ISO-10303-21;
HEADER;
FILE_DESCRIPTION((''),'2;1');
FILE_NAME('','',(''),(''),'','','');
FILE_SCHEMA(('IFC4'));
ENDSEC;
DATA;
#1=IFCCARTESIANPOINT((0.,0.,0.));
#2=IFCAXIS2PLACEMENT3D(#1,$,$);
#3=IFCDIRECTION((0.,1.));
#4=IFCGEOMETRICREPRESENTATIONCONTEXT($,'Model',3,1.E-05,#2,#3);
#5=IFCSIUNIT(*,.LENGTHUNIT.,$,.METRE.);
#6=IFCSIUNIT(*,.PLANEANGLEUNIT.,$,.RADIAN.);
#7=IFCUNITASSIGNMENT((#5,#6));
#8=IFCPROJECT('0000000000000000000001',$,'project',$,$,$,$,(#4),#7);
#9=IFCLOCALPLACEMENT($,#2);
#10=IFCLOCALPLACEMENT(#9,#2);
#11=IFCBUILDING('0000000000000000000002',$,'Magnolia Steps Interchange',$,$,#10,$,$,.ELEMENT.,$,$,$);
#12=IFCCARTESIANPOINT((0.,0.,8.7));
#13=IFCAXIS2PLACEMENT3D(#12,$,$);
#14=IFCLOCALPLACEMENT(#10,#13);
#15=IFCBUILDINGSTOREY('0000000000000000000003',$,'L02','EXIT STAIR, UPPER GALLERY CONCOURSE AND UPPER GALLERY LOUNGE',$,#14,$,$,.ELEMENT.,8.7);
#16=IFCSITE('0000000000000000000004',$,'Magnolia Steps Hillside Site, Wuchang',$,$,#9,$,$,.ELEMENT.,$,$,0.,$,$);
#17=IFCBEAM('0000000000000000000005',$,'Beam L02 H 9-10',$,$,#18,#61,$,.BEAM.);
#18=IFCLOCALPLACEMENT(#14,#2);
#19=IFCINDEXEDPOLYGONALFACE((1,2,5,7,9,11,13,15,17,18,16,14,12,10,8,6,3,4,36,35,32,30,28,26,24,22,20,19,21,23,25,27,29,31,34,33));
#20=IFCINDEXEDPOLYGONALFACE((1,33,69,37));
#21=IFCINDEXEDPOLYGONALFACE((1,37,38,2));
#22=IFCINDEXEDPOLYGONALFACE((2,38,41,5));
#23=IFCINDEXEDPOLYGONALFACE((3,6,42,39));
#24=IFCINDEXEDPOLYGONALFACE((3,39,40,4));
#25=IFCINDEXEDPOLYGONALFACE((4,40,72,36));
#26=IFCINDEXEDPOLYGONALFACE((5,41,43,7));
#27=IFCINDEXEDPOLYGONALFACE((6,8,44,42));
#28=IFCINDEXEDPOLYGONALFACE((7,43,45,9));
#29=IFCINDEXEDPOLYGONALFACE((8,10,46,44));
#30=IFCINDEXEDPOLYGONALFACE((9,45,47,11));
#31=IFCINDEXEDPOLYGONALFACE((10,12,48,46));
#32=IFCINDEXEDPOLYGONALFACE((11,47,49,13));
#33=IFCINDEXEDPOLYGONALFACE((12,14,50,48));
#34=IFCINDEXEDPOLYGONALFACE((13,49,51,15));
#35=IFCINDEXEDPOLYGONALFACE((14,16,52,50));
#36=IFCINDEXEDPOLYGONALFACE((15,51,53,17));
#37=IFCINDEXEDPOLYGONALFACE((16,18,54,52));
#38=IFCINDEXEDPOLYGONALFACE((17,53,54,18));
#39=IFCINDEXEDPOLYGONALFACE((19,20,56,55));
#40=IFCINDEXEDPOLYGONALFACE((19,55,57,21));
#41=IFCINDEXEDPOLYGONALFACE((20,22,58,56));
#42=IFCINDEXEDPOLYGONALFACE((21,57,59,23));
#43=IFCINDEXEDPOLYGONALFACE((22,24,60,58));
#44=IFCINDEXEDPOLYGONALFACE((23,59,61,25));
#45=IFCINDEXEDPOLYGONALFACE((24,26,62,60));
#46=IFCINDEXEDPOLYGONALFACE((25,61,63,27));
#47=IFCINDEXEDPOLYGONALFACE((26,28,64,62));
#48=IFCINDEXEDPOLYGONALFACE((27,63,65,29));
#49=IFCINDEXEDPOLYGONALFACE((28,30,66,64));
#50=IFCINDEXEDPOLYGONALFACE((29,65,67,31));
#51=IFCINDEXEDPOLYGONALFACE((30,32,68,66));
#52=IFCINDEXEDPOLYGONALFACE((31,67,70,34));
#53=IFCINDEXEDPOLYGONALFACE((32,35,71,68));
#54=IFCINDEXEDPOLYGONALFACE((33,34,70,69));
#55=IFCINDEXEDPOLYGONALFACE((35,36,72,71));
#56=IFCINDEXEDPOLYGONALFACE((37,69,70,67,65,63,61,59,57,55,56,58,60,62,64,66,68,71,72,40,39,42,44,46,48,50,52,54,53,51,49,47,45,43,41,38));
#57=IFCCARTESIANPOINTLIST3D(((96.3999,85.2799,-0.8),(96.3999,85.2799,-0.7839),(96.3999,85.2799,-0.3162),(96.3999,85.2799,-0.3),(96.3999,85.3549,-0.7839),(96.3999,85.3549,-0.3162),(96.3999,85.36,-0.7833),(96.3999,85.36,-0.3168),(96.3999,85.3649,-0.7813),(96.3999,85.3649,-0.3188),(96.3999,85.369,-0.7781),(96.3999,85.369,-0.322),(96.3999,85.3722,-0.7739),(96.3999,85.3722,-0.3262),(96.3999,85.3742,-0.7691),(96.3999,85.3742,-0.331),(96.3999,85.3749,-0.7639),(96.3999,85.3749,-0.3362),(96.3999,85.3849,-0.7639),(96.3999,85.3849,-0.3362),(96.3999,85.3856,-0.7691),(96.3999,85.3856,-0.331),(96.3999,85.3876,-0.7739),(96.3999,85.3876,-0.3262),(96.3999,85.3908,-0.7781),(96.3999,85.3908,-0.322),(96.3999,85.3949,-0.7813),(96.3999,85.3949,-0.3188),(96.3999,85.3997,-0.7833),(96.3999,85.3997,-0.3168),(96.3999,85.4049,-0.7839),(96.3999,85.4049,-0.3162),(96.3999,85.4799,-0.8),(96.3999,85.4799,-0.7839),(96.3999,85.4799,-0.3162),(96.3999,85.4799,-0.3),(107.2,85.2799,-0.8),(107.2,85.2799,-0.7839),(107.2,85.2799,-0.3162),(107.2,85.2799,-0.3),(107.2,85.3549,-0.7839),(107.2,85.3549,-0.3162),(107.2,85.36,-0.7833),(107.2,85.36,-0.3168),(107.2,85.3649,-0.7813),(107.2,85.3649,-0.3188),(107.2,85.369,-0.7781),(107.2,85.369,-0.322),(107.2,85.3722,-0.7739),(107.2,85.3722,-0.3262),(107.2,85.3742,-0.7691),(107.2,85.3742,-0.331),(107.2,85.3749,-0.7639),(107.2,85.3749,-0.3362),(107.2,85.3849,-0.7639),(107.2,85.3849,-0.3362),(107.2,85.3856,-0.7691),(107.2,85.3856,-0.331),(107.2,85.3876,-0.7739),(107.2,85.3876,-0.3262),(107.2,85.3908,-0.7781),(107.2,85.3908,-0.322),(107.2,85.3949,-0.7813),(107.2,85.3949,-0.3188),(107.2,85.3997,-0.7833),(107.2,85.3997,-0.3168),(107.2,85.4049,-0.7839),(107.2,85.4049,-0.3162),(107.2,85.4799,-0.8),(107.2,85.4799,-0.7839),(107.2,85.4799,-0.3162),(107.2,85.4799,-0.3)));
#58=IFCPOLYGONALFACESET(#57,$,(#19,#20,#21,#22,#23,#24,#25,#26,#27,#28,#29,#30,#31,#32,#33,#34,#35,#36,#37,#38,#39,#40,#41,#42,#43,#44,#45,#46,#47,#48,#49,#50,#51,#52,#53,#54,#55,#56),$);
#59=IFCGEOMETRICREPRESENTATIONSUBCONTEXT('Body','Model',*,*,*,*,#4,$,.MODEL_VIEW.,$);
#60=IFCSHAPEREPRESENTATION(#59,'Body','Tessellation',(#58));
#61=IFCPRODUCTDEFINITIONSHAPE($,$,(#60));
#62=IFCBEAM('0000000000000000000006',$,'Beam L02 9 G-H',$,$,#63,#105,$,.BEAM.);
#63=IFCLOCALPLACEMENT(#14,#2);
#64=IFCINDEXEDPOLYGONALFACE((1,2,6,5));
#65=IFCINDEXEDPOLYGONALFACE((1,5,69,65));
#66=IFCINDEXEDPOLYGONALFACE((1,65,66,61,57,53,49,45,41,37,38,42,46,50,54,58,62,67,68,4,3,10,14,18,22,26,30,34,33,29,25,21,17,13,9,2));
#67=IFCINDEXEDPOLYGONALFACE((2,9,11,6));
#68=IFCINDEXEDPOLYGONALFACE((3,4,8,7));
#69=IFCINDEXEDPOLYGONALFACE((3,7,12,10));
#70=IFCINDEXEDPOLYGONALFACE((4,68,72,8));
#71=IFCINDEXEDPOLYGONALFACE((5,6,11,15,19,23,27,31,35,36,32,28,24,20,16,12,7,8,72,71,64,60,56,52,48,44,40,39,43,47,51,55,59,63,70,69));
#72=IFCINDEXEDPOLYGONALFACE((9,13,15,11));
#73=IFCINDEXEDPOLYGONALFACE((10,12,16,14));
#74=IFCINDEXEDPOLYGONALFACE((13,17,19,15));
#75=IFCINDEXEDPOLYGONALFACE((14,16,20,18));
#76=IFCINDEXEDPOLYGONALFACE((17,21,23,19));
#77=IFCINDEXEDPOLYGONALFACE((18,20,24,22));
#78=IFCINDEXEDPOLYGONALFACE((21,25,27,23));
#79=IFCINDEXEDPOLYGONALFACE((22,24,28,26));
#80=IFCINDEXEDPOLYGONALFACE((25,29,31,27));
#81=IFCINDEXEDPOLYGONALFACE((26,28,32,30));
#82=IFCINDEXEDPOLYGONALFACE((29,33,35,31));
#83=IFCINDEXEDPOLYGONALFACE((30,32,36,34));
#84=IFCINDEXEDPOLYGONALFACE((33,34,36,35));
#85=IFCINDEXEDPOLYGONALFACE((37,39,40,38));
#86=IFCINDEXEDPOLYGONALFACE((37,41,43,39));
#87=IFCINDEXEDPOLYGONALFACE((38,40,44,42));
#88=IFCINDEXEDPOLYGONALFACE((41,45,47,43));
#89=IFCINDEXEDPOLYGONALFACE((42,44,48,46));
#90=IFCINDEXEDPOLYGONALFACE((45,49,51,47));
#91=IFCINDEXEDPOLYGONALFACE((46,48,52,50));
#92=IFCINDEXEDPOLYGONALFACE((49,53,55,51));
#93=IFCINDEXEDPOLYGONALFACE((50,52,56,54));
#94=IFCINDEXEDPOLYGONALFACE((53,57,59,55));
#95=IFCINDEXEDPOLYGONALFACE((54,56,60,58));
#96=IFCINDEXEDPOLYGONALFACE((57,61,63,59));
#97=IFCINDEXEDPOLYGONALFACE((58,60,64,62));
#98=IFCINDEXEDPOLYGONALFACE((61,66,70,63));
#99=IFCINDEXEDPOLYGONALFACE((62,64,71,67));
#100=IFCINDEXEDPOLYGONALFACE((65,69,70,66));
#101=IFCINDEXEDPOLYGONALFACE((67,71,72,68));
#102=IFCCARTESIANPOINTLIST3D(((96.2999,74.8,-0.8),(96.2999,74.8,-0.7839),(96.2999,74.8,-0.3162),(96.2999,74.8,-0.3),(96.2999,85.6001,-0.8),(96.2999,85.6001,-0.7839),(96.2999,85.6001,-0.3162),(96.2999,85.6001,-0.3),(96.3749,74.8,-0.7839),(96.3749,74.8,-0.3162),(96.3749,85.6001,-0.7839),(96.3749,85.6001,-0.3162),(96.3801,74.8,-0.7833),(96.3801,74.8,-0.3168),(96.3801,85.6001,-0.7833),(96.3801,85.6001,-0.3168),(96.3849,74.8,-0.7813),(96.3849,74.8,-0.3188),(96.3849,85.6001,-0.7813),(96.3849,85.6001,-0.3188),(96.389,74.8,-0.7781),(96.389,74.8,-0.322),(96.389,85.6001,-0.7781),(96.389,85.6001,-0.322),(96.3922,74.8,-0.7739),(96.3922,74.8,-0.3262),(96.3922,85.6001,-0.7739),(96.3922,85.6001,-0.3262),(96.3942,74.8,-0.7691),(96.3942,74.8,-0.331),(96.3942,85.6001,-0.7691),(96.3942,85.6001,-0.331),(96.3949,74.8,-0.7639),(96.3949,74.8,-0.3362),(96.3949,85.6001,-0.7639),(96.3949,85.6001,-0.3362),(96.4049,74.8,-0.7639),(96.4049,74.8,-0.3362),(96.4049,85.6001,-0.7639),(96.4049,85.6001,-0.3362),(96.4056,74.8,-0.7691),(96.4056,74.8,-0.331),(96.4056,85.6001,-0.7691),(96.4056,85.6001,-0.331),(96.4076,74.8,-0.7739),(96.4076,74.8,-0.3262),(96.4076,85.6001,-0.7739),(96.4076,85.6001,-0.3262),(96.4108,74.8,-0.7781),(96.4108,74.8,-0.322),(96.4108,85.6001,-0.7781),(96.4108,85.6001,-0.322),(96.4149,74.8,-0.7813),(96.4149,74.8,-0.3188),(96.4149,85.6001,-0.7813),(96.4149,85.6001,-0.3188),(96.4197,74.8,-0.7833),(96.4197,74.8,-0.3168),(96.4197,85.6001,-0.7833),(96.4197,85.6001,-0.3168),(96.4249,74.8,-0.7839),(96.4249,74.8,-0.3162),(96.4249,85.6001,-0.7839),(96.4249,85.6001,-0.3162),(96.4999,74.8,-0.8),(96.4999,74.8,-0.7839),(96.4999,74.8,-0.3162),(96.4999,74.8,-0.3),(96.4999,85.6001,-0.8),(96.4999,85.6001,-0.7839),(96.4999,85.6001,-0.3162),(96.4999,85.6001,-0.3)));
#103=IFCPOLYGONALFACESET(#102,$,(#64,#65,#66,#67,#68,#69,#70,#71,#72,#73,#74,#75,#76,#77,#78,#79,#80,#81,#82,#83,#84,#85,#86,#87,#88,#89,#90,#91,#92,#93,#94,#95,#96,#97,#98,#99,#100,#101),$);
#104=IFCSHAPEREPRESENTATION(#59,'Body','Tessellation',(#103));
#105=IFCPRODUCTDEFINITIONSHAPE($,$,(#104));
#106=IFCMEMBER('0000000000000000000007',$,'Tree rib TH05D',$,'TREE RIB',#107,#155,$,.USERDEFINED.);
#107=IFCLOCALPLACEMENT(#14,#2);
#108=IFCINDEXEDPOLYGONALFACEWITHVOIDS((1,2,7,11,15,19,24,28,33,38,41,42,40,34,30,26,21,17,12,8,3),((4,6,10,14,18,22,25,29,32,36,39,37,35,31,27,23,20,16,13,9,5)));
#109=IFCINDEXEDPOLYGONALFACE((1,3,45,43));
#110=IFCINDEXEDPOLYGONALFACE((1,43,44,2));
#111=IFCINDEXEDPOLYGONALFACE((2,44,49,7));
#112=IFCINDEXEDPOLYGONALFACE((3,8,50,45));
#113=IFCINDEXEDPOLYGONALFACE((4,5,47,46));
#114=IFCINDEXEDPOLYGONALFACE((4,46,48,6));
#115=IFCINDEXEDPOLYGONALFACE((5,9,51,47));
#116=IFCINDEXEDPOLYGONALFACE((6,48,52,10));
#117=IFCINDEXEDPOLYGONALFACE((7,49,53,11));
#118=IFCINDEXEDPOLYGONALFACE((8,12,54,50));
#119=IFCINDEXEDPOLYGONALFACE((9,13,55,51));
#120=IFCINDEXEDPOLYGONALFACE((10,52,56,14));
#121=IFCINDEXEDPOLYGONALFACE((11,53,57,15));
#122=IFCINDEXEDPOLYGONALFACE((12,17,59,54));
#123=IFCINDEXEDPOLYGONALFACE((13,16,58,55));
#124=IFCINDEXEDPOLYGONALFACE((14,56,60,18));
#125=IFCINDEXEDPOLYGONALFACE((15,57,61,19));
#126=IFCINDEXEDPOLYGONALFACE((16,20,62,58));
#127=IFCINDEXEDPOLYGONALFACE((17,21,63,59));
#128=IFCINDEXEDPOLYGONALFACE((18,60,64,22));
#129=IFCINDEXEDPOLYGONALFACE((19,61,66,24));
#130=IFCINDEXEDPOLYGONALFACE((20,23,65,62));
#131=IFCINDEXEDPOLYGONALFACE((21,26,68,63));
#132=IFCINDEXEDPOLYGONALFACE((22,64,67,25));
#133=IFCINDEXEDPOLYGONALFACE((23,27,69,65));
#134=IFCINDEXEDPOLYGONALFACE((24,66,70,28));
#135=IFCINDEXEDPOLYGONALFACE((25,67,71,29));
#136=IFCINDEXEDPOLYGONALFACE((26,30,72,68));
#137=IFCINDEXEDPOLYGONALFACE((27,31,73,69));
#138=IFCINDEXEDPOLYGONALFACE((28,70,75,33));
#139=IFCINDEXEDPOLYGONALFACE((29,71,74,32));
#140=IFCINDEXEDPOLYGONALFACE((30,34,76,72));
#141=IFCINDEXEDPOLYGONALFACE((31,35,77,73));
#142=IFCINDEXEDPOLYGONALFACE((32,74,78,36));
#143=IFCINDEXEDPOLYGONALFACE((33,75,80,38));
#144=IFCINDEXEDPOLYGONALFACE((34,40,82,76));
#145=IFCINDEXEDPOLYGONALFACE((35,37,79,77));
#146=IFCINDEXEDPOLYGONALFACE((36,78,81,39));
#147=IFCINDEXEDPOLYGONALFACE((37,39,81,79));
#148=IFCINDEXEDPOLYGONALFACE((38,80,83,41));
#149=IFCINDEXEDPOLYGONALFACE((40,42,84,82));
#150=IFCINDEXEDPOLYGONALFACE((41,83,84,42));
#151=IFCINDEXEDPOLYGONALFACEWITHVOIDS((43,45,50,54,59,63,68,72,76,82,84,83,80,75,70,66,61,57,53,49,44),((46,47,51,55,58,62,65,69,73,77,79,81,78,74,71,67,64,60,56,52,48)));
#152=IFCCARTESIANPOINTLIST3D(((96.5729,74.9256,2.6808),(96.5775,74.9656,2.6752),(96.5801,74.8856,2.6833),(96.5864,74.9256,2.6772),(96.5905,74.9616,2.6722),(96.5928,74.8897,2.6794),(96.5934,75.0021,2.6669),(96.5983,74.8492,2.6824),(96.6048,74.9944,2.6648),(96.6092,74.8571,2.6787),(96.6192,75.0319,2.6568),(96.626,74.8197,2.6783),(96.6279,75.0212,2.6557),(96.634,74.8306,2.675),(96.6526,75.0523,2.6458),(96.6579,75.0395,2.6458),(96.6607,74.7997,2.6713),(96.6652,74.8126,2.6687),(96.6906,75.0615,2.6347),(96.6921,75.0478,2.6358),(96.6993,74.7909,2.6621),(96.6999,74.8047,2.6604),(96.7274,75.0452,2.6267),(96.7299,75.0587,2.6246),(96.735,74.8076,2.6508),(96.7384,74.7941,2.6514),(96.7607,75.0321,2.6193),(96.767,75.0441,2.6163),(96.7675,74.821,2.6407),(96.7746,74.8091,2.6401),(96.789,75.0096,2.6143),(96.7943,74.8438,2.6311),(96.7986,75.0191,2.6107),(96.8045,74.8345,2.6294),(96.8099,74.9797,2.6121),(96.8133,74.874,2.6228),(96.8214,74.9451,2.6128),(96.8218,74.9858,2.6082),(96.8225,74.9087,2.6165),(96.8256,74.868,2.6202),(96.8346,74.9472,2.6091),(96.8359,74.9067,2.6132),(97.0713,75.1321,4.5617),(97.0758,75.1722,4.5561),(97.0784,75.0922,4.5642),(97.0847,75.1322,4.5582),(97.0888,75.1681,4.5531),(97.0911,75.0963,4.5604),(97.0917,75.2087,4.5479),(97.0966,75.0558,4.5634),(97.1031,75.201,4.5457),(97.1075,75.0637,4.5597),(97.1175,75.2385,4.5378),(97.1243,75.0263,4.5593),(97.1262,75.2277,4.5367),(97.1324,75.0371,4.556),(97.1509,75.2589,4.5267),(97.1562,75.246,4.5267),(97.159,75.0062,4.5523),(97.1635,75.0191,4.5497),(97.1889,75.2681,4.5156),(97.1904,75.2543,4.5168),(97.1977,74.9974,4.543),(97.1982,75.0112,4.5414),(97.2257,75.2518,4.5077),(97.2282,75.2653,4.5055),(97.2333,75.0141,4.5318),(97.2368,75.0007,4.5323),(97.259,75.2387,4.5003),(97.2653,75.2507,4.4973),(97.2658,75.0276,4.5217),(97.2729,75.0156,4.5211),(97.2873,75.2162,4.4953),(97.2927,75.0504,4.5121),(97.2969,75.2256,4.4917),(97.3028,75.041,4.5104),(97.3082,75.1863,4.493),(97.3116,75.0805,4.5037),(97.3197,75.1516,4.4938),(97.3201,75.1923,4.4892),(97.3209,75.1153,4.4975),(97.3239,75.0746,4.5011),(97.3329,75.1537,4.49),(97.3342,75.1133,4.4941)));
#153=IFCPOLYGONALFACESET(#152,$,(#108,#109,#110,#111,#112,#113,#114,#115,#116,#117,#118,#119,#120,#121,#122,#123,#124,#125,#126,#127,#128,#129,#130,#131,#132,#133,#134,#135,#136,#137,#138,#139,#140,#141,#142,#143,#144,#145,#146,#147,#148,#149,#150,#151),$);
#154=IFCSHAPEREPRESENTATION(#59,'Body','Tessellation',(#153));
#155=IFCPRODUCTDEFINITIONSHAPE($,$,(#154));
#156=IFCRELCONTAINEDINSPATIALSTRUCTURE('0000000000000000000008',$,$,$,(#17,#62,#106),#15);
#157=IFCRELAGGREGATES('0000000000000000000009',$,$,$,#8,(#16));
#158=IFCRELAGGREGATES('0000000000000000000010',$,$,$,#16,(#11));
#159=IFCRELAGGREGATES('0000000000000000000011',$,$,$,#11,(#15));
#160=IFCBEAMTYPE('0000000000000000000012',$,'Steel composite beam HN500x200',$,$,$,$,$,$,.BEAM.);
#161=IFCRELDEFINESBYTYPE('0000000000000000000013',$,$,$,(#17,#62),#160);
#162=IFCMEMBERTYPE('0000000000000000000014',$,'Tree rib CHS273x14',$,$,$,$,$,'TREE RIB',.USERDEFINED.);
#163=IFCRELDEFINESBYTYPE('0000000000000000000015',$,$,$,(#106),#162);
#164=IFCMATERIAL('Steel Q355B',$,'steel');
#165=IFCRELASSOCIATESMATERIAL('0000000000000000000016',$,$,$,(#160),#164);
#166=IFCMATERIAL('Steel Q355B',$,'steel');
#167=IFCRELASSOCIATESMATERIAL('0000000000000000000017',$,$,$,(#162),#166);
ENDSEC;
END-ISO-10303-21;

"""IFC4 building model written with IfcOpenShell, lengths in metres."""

from ifc_helpers import new_model, si_unit, direction, frame, origin, origin_2d, place, context, subcontext, project, spatial, hollow_circle, i_section, extrude, material, material_profile, profile_set, type_object, element, save


model = new_model("IFC4")

# Units and contexts
model_context = context("Model", 3, precision=1e-05, world=origin(), true_north=direction((0.0, 1.0)))
body_context = subcontext(model_context, "Body", "Model", "MODEL_VIEW")
ifc_project = project(units=[si_unit("LENGTHUNIT", "METRE"), si_unit("PLANEANGLEUNIT", "RADIAN")], contexts=[model_context])

# Site, building, storey
site_placement = place(None, origin())
site = spatial("IfcSite", under=ifc_project, at=site_placement, Name="Magnolia Steps Hillside Site, Wuchang", CompositionType="ELEMENT", RefElevation=0.0)
building_placement = place(site_placement, origin())
building = spatial("IfcBuilding", under=site, at=building_placement, Name="Magnolia Steps Interchange", CompositionType="ELEMENT")
storey_placement = place(building_placement, frame((0.0, 0.0, 8.7)))
storey = spatial("IfcBuildingStorey", under=building, at=storey_placement, Name="L02", Description="EXIT STAIR, UPPER GALLERY CONCOURSE AND UPPER GALLERY LOUNGE", CompositionType="ELEMENT", Elevation=8.7)

# Beams
ifc_material_1 = material(Name="Steel Q355B", Category="steel")
ifc_material_profile_1 = material_profile(ifc_material_1, i_section(OverallWidth=0.2, OverallDepth=0.5, WebThickness=0.01, FlangeThickness=0.0161, FilletRadius=0.02, at=origin_2d()), Name="HN500x200")
ifc_profile_set_1 = profile_set([ifc_material_profile_1], Name="Steel Q355B")
beam_type = type_object("IfcBeamType", Name="Steel composite beam HN500x200", PredefinedType="BEAM", material=ifc_profile_set_1)
for number, where, z_axis, x_axis, name in (
    (1, (96.3999, 85.3799, -0.55), (1.0, 0.0, 0.0), (0.0, 1.0, 0.0), "Beam L02 H 9-10"),
    (2, (96.3999, 74.8, -0.55), (0.0, 1.0, 0.0), (-1.0, 0.0, 0.0), "Beam L02 9 G-H"),
):
    element("IfcBeam", number, at=place(storey_placement, frame(where, z_axis=z_axis, x_axis=x_axis)), inside=storey, type_object=beam_type, Name=name, PredefinedType="BEAM", context=body_context, shape_type="SweptSolid", body=[
        extrude(i_section(OverallWidth=0.2, OverallDepth=0.5, WebThickness=0.01, FlangeThickness=0.0161, FilletRadius=0.02, at=origin_2d()), origin(), (0.0, 0.0, 1.0), 10.8),
    ])

# Member
ifc_material_2 = material(Name="Steel Q355B", Category="steel")
ifc_material_profile_2 = material_profile(ifc_material_2, hollow_circle(Radius=0.1365, WallThickness=0.0139, at=origin_2d()), Name="CHS273x14")
ifc_profile_set_2 = profile_set([ifc_material_profile_2], Name="Steel Q355B")
member_type = type_object("IfcMemberType", Name="Tree rib CHS273x14", ElementType="TREE RIB", PredefinedType="USERDEFINED", material=ifc_profile_set_2)
member_placement = place(storey_placement, frame((96.7048, 74.9263, 2.6458), z_axis=(0.254662, 0.105558, 0.961252), x_axis=(-0.382911, 0.923785, 0.0)))
element("IfcMember", 3, at=member_placement, inside=storey, type_object=member_type, Name="Tree rib TH05D", ObjectType="TREE RIB", PredefinedType="USERDEFINED", context=body_context, shape_type="SweptSolid", body=[
    extrude(hollow_circle(Radius=0.1365, WallThickness=0.0139, at=origin_2d()), origin(), (0.0, 0.0, 1.0), 1.9568),
])

save(model, "model.ifc")
